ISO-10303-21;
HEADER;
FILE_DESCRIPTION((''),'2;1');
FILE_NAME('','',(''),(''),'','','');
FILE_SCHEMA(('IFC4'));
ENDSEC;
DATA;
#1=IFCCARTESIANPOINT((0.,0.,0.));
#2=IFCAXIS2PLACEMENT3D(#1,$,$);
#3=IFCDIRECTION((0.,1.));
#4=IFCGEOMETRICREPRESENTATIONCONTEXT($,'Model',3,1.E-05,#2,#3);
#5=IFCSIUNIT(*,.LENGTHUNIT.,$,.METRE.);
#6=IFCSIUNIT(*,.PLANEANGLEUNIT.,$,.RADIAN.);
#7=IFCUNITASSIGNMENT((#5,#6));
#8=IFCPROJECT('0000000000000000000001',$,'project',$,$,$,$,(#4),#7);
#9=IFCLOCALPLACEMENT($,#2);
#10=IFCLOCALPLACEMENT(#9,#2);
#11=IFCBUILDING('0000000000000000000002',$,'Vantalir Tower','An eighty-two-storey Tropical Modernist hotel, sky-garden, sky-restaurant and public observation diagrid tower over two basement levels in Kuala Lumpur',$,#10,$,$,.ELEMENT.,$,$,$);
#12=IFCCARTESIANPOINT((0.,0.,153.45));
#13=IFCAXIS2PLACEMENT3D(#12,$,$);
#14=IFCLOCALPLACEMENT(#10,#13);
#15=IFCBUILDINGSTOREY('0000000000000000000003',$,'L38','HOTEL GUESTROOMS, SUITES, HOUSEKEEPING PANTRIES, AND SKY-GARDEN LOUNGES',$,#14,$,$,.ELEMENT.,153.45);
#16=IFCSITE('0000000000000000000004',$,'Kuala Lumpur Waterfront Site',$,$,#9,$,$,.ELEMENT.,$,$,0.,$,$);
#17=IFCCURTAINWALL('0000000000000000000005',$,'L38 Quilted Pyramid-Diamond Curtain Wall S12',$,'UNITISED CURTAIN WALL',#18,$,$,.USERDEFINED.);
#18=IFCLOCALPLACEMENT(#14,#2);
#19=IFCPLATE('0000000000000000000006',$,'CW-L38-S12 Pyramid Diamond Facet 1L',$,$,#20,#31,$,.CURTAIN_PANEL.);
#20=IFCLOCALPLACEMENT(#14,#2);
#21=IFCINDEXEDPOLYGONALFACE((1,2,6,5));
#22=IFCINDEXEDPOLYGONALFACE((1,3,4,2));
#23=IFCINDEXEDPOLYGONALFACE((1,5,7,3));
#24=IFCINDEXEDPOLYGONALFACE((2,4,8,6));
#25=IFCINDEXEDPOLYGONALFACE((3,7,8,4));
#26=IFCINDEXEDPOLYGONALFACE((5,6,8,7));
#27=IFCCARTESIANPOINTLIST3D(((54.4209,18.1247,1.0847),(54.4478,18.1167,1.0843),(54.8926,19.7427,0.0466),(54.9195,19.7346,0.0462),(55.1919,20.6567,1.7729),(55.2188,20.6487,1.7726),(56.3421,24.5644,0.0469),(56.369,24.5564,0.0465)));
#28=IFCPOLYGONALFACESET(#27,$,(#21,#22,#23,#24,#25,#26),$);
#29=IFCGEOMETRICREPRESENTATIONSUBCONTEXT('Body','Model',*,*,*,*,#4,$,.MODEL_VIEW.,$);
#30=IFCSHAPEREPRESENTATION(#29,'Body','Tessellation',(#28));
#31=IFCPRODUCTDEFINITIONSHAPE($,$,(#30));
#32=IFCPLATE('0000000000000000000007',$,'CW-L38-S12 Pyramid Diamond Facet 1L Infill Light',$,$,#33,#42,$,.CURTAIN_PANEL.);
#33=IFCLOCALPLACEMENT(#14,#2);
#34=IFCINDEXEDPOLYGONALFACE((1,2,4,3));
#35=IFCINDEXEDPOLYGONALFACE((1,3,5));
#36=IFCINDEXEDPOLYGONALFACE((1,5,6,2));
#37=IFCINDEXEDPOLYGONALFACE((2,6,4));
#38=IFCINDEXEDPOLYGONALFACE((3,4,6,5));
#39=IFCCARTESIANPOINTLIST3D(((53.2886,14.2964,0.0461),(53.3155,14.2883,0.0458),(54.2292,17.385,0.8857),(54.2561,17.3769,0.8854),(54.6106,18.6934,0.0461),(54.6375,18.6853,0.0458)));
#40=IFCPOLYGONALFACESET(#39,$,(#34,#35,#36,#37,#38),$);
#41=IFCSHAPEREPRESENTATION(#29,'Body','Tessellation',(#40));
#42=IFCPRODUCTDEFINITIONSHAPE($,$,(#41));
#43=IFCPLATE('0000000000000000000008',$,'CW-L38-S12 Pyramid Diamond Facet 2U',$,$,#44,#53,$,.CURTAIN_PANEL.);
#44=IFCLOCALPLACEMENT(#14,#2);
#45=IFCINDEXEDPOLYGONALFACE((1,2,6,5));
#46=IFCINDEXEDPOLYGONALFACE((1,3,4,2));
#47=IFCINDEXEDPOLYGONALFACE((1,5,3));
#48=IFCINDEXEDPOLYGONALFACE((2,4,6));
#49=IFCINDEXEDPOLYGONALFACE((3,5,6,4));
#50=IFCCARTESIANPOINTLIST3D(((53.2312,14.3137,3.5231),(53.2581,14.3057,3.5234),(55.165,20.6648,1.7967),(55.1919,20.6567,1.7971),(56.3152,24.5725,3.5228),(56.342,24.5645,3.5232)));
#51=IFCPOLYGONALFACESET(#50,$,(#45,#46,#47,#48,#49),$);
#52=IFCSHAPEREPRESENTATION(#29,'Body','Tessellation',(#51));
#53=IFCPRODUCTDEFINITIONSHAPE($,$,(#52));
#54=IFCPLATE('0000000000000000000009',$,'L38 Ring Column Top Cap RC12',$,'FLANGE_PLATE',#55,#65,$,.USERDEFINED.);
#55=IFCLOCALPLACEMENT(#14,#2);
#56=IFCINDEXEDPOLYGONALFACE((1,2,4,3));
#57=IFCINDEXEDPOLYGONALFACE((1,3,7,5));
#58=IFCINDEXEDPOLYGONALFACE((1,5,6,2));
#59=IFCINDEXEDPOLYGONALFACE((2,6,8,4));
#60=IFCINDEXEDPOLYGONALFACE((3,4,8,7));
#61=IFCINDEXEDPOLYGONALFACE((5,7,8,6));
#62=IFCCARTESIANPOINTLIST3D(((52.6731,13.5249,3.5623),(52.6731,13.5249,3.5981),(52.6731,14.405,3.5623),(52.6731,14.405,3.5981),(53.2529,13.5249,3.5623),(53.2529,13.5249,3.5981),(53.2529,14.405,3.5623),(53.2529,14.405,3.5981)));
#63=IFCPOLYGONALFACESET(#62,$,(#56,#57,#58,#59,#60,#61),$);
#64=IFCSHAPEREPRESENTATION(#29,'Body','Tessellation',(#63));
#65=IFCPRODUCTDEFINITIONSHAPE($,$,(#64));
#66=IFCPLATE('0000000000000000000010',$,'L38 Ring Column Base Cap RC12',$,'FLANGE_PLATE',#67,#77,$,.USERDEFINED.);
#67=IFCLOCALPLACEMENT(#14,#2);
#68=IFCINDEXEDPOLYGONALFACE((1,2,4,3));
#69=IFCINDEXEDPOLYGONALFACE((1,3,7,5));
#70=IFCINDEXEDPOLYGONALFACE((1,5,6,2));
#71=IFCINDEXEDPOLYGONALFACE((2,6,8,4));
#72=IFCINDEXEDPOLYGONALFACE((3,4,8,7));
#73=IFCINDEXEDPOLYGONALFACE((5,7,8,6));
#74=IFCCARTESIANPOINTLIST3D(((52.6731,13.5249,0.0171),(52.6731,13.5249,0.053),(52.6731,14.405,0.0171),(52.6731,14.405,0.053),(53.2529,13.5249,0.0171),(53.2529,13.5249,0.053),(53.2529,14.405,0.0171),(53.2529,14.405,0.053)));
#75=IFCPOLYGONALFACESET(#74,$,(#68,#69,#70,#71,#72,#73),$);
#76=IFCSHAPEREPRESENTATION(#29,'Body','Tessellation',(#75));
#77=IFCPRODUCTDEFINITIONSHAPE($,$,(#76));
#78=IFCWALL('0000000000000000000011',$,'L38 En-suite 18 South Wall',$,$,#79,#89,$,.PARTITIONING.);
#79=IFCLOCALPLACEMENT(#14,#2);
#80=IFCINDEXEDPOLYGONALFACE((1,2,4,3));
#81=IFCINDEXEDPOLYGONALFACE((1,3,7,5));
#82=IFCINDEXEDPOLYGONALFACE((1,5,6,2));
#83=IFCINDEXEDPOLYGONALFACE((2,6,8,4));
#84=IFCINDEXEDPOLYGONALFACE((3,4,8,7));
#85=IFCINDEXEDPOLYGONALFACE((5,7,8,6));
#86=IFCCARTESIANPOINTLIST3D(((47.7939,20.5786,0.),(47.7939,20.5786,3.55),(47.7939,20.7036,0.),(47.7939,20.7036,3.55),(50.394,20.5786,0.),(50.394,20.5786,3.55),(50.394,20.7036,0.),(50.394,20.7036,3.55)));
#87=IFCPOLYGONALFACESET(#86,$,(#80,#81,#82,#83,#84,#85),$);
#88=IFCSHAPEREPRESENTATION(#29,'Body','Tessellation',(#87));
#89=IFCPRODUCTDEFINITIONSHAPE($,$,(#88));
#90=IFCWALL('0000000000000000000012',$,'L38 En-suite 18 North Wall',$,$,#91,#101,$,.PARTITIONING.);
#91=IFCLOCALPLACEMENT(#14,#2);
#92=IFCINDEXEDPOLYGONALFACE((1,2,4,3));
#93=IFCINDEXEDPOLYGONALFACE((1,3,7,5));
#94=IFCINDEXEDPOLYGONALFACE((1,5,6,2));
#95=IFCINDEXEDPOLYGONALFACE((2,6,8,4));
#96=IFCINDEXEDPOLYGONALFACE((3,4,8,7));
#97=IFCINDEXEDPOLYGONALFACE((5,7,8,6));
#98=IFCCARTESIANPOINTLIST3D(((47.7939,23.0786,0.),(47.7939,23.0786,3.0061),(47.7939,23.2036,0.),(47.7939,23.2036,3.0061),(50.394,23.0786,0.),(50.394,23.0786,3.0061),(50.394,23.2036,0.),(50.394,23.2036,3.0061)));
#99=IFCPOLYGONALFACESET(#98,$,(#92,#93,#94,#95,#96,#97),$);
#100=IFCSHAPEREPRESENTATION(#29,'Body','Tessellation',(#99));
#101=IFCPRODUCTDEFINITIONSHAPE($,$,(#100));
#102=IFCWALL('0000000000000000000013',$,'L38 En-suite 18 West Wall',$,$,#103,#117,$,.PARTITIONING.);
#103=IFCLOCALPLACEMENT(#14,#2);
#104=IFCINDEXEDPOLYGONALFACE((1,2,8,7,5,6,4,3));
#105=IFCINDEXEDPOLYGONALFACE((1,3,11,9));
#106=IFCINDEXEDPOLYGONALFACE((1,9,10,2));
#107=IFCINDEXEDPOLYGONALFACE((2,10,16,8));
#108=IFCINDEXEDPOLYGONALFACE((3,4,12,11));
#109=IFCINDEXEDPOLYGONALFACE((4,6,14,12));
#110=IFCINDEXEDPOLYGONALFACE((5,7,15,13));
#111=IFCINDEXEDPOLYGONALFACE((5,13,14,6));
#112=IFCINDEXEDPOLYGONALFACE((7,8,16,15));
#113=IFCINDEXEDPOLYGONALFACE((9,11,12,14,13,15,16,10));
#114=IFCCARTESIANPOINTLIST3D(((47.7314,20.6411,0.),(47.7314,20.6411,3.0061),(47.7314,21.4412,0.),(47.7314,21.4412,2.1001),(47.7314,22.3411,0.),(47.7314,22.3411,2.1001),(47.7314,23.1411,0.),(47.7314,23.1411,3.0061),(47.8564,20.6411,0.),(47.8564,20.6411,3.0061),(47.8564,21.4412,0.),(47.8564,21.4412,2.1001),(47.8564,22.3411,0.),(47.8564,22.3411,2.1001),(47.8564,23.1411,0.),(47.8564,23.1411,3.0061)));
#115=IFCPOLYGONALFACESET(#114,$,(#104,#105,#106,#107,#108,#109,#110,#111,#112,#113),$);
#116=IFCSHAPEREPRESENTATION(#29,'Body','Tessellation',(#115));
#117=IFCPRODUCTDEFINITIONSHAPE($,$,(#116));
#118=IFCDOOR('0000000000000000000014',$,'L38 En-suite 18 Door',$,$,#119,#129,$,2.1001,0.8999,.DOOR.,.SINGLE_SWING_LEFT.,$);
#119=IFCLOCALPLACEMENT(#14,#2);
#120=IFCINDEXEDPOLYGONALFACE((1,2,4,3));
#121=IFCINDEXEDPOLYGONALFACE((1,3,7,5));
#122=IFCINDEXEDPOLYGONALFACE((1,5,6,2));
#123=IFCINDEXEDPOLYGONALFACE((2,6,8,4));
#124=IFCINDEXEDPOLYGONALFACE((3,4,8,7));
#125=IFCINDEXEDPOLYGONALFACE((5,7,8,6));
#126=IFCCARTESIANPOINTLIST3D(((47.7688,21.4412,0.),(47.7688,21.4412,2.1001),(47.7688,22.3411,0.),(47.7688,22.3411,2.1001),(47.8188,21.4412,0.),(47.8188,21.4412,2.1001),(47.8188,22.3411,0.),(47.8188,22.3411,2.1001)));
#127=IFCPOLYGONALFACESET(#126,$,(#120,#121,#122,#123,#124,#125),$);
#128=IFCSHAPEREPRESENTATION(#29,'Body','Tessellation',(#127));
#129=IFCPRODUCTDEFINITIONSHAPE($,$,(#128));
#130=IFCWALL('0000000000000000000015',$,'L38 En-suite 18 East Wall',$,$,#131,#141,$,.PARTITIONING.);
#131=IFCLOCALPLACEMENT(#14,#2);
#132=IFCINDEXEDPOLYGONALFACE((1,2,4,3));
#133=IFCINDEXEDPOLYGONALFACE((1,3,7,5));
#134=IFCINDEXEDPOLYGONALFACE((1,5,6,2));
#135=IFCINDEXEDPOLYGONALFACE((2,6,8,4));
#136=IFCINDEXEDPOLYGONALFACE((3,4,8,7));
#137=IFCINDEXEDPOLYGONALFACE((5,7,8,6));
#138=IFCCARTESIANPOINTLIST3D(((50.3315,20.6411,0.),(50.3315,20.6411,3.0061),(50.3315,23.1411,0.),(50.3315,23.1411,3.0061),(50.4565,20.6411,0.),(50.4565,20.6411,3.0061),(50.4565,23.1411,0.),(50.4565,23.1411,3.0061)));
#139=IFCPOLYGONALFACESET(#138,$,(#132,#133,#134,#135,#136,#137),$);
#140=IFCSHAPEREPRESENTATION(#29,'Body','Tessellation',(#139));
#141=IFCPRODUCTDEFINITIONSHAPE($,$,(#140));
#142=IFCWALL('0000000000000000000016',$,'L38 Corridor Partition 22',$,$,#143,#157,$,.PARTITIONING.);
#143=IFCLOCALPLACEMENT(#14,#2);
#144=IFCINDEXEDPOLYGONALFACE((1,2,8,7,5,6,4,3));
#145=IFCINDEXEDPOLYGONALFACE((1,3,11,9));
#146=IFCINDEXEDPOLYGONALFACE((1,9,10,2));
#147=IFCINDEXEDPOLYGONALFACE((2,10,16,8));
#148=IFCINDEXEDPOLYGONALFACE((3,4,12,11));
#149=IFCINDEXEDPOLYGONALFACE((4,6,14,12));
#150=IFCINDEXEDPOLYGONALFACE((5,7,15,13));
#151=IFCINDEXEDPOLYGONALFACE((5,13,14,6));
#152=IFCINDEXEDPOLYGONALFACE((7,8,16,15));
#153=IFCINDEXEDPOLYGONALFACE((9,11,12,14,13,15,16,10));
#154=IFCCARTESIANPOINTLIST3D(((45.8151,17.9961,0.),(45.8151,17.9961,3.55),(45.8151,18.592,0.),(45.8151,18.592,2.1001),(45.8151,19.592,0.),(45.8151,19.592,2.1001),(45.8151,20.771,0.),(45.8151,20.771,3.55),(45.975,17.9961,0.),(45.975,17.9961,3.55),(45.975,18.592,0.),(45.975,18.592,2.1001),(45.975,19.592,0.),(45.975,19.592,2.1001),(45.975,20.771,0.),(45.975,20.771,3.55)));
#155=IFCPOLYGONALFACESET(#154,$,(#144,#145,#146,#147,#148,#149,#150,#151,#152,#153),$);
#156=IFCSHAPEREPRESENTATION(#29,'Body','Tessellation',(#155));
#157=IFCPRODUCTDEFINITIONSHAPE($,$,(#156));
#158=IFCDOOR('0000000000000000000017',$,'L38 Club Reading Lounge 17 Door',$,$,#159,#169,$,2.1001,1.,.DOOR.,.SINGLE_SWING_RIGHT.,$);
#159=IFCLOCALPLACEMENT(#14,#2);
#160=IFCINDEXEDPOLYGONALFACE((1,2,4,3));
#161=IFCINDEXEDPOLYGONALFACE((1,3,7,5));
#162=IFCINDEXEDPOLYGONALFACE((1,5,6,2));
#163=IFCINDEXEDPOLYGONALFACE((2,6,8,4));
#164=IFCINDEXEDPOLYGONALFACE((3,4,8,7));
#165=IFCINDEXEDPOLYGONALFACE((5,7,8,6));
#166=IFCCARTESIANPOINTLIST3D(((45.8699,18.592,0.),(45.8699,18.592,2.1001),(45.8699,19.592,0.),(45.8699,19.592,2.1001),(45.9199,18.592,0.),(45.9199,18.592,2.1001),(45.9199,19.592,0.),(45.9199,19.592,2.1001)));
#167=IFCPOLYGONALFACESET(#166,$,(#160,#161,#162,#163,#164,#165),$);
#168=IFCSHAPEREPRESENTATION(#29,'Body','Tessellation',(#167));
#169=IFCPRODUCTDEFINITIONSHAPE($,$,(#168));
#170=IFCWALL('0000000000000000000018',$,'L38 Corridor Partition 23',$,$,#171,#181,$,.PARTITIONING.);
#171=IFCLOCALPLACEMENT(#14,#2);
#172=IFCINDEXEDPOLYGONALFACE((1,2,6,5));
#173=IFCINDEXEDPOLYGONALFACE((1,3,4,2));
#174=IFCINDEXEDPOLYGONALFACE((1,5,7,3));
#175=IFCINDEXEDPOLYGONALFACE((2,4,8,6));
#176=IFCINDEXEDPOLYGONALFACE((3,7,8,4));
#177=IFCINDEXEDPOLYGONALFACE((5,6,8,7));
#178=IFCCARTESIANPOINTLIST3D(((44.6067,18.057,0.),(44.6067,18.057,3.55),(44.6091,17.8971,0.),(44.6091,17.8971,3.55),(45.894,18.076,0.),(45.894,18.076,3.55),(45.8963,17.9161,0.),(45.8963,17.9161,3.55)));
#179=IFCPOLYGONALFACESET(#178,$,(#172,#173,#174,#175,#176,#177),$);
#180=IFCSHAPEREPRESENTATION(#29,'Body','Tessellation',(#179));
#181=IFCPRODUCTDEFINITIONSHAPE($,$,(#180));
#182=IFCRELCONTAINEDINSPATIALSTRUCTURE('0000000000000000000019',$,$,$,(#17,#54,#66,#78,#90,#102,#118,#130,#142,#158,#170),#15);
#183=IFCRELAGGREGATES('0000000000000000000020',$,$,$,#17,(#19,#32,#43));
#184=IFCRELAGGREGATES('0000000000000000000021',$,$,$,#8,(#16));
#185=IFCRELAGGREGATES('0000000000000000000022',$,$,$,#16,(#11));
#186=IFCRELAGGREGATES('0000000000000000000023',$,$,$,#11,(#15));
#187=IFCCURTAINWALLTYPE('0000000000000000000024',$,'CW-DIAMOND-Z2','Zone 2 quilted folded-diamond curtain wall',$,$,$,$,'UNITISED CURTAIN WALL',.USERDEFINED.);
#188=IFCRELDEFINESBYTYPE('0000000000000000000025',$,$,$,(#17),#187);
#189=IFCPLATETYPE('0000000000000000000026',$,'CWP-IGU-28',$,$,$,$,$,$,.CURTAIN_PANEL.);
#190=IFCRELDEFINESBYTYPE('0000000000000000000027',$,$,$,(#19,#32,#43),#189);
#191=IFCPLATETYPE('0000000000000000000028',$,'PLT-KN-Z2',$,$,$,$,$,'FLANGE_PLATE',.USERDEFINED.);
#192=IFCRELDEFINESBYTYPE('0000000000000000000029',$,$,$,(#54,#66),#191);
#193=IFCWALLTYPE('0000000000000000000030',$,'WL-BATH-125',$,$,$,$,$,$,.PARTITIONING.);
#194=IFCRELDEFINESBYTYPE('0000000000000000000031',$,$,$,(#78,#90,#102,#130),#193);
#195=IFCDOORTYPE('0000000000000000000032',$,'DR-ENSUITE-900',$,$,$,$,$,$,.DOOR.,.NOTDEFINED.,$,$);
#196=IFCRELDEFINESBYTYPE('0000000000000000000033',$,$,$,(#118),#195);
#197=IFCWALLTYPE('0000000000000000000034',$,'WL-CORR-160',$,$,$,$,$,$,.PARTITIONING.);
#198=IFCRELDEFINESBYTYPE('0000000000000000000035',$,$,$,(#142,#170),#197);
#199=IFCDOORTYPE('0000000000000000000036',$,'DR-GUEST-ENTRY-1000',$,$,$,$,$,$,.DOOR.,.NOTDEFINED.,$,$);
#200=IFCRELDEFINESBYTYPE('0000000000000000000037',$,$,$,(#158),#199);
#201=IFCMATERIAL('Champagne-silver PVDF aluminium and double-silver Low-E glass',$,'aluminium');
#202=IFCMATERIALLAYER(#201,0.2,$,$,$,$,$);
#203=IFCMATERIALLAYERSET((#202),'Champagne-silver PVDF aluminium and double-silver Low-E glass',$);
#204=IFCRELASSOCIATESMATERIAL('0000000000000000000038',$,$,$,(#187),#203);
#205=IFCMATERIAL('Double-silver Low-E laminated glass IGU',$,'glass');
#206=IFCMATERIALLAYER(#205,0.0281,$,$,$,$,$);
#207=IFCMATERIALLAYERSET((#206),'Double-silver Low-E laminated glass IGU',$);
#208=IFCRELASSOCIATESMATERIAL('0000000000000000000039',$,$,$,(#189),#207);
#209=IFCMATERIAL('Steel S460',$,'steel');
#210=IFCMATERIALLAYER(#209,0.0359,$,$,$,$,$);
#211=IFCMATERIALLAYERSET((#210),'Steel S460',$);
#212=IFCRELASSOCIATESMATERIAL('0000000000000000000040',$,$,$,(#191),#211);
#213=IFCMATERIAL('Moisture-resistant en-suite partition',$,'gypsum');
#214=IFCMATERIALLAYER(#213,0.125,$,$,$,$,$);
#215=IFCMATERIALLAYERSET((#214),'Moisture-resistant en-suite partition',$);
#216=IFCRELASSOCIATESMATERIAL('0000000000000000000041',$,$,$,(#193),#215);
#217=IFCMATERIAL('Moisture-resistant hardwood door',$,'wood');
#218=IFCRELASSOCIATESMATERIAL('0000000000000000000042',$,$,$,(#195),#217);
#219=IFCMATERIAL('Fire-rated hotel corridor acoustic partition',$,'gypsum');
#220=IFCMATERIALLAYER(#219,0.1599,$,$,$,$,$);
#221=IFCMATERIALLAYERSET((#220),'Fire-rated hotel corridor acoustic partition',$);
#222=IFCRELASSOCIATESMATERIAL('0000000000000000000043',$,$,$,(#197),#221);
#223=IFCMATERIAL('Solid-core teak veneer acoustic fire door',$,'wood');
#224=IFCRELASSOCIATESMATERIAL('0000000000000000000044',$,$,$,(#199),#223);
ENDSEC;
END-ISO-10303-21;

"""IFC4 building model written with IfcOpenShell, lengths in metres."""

from ifc_helpers import new_model, si_unit, direction, frame, frame_2d, origin, place, context, subcontext, project, spatial, polyline, rectangle, outline, extrude, material, layer, layer_set, type_object, element, fill, aggregate, save


model = new_model("IFC4")

# Units and contexts
model_context = context("Model", 3, precision=1e-05, world=origin(), true_north=direction((0.0, 1.0)))
body_context = subcontext(model_context, "Body", "Model", "MODEL_VIEW")
ifc_project = project(units=[si_unit("LENGTHUNIT", "METRE"), si_unit("PLANEANGLEUNIT", "RADIAN")], contexts=[model_context])

# Site, building, storey
site_placement = place(None, origin())
site = spatial("IfcSite", under=ifc_project, at=site_placement, Name="Kuala Lumpur Waterfront Site", CompositionType="ELEMENT", RefElevation=0.0)
building_placement = place(site_placement, origin())
building = spatial("IfcBuilding", under=site, at=building_placement, Name="Vantalir Tower", Description="An eighty-two-storey Tropical Modernist hotel, sky-garden, sky-restaurant and public observation diagrid tower over two basement levels in Kuala Lumpur", CompositionType="ELEMENT")
storey_placement = place(building_placement, frame((0.0, 0.0, 153.45)))
storey = spatial("IfcBuildingStorey", under=building, at=storey_placement, Name="L38", Description="HOTEL GUESTROOMS, SUITES, HOUSEKEEPING PANTRIES, AND SKY-GARDEN LOUNGES", CompositionType="ELEMENT", Elevation=153.45)

# Shared definitions
ifc_material_1 = material(Name="Steel S460", Category="steel")

# Curtain wall, plates
ifc_material_2 = material(Name="Champagne-silver PVDF aluminium and double-silver Low-E glass", Category="aluminium")
ifc_layer_1 = layer(ifc_material_2, 0.2)
ifc_layer_set_1 = layer_set([ifc_layer_1], Name="Champagne-silver PVDF aluminium and double-silver Low-E glass")
curtain_wall_type = type_object("IfcCurtainWallType", Name="CW-DIAMOND-Z2", Description="Zone 2 quilted folded-diamond curtain wall", ElementType="UNITISED CURTAIN WALL", PredefinedType="USERDEFINED", material=ifc_layer_set_1)
curtain_wall_placement = place(storey_placement, origin())
curtain_wall = element("IfcCurtainWall", 1, at=curtain_wall_placement, inside=storey, type_object=curtain_wall_type, Name="L38 Quilted Pyramid-Diamond Curtain Wall S12", ObjectType="UNITISED CURTAIN WALL", PredefinedType="USERDEFINED")
ifc_material_3 = material(Name="Double-silver Low-E laminated glass IGU", Category="glass")
ifc_layer_2 = layer(ifc_material_3, 0.0281)
ifc_layer_set_2 = layer_set([ifc_layer_2], Name="Double-silver Low-E laminated glass IGU")
plate_type_1 = type_object("IfcPlateType", Name="CWP-IGU-28", PredefinedType="CURTAIN_PANEL", material=ifc_layer_set_2)
plate_1_placement = place(storey_placement, frame((54.8926, 19.7427, 0.0466), z_axis=(-0.957574, 0.287864, 0.013608), x_axis=(0.287892, 0.957663, 0.000048)))
plate_1 = element("IfcPlate", 2, at=plate_1_placement, type_object=plate_type_1, Name="CW-L38-S12 Pyramid Diamond Facet 1L", PredefinedType="CURTAIN_PANEL", context=body_context, shape_type="SweptSolid", body=[
    extrude(outline(polyline([(0.0, 0.0), (5.0349, 0.0), (0.9616, -1.7264), (-1.6852, -1.0383), (0.0, 0.0)])), origin(), (0.0, 0.0, -1.0), 0.0281),
])
plate_2_placement = place(storey_placement, frame((53.2886, 14.2964, 0.0461), z_axis=(-0.95756, 0.287906, 0.013719), x_axis=(0.287933, 0.95765, 0.0)))
plate_2 = element("IfcPlate", 3, at=plate_2_placement, type_object=plate_type_1, Name="CW-L38-S12 Pyramid Diamond Facet 1L Infill Light", PredefinedType="CURTAIN_PANEL", context=body_context, shape_type="SweptSolid", body=[
    extrude(outline(polyline([(0.0, 0.0), (4.5914, 0.0), (3.2287, -0.8397), (0.0, 0.0)])), origin(), (0.0, 0.0, -1.0), 0.0281),
])
plate_3_placement = place(storey_placement, frame((56.342, 24.5645, 3.5232), z_axis=(0.957574, -0.287864, 0.013639), x_axis=(-0.287891, -0.957663, 0.000023)))
plate_3 = element("IfcPlate", 4, at=plate_3_placement, type_object=plate_type_1, Name="CW-L38-S12 Pyramid Diamond Facet 2U", PredefinedType="CURTAIN_PANEL", context=body_context, shape_type="SweptSolid", body=[
    extrude(outline(polyline([(0.0, 0.0), (10.7123, 0.0), (4.0734, 1.7263), (0.0, 0.0)])), origin(), (0.0, 0.0, -1.0), 0.0281),
])
aggregate(curtain_wall, [plate_1, plate_2, plate_3])

# Plates
ifc_layer_3 = layer(ifc_material_1, 0.0359)
ifc_layer_set_3 = layer_set([ifc_layer_3], Name="Steel S460")
plate_type_2 = type_object("IfcPlateType", Name="PLT-KN-Z2", ElementType="FLANGE_PLATE", PredefinedType="USERDEFINED", material=ifc_layer_set_3)
for number, where, z_axis, x_axis, name in (
    (5, (52.6731, 14.405, 3.5981), (0.0, 0.0, 1.0), (0.0, -1.0, 0.0), "L38 Ring Column Top Cap RC12"),
    (6, (52.6731, 14.405, 0.053), (0.0, 0.0, 1.0), (0.0, -1.0, 0.0), "L38 Ring Column Base Cap RC12"),
):
    element("IfcPlate", number, at=place(storey_placement, frame(where, z_axis=z_axis, x_axis=x_axis)), inside=storey, type_object=plate_type_2, Name=name, ObjectType="FLANGE_PLATE", PredefinedType="USERDEFINED", context=body_context, shape_type="SweptSolid", body=[
        extrude(outline(polyline([(0.0, 0.0), (0.8801, 0.0), (0.8801, 0.5798), (0.0, 0.5798), (0.0, 0.0)])), origin(), (0.0, 0.0, -1.0), 0.0359),
    ])

# Walls
ifc_material_4 = material(Name="Moisture-resistant en-suite partition", Category="gypsum")
ifc_layer_4 = layer(ifc_material_4, 0.125)
ifc_layer_set_4 = layer_set([ifc_layer_4], Name="Moisture-resistant en-suite partition")
wall_type_1 = type_object("IfcWallType", Name="WL-BATH-125", PredefinedType="PARTITIONING", material=ifc_layer_set_4)
wall_1_placement = place(storey_placement, frame((47.7939, 20.6411, 0.0), z_axis=(0.0, 0.0, 1.0), x_axis=(1.0, 0.0, 0.0)))
element("IfcWall", 7, at=wall_1_placement, inside=storey, type_object=wall_type_1, Name="L38 En-suite 18 South Wall", PredefinedType="PARTITIONING", context=body_context, shape_type="SweptSolid", body=[
    extrude(rectangle(XDim=2.6001, YDim=0.125, at=frame_2d((1.3, 0.0))), origin(), (0.0, 0.0, 1.0), 3.55),
])
wall_2_placement = place(storey_placement, frame((47.7939, 23.1411, 0.0), z_axis=(0.0, 0.0, 1.0), x_axis=(1.0, 0.0, 0.0)))
element("IfcWall", 8, at=wall_2_placement, inside=storey, type_object=wall_type_1, Name="L38 En-suite 18 North Wall", PredefinedType="PARTITIONING", context=body_context, shape_type="SweptSolid", body=[
    extrude(rectangle(XDim=2.6001, YDim=0.125, at=frame_2d((1.3, 0.0))), origin(), (0.0, 0.0, 1.0), 3.0061),
])

# Wall, opening, door
wall_3_placement = place(storey_placement, frame((47.7939, 20.6411, 0.0), z_axis=(0.0, 0.0, 1.0), x_axis=(0.0, 1.0, 0.0)))
wall_3 = element("IfcWall", 9, at=wall_3_placement, inside=storey, type_object=wall_type_1, Name="L38 En-suite 18 West Wall", PredefinedType="PARTITIONING", context=body_context, shape_type="SweptSolid", body=[
    extrude(rectangle(XDim=2.5, YDim=0.125, at=frame_2d((1.25, 0.0))), origin(), (0.0, 0.0, 1.0), 3.0061),
])
opening_1_placement = place(wall_3_placement, frame((0.8, 0.0, 0.0)))
opening_1 = element("IfcOpeningElement", 10, at=opening_1_placement, cuts=wall_3, PredefinedType="OPENING", context=body_context, shape_type="SweptSolid", body=[
    extrude(rectangle(XDim=0.8999, YDim=2.1001, at=frame_2d((0.45, 1.05))), frame((0.0, 0.0725, 0.0), z_axis=(0.0, -1.0, 0.0), x_axis=(1.0, 0.0, 0.0)), (0.0, 0.0, 1.0), 0.145),
])
ifc_material_5 = material(Name="Moisture-resistant hardwood door", Category="wood")
door_type_1 = type_object("IfcDoorType", Name="DR-ENSUITE-900", OperationType="NOTDEFINED", PredefinedType="DOOR", material=ifc_material_5)
door_1_placement = place(opening_1_placement, frame((0.8999, 0.0, 0.0), z_axis=(0.0, 0.0, 1.0), x_axis=(-1.0, 0.0, 0.0)))
door_1 = element("IfcDoor", 11, at=door_1_placement, inside=storey, type_object=door_type_1, Name="L38 En-suite 18 Door", OperationType="SINGLE_SWING_LEFT", OverallHeight=2.1001, OverallWidth=0.8999, PredefinedType="DOOR", context=body_context, shape_type="SweptSolid", body=[
    extrude(rectangle(XDim=0.8999, YDim=2.1001, at=frame_2d((0.45, 1.05))), frame((0.0, 0.0249, 0.0), z_axis=(0.0, -1.0, 0.0), x_axis=(1.0, 0.0, 0.0)), (0.0, 0.0, 1.0), 0.05),
])
fill(opening_1, door_1)

# Wall
wall_4_placement = place(storey_placement, frame((50.394, 20.6411, 0.0), z_axis=(0.0, 0.0, 1.0), x_axis=(0.0, 1.0, 0.0)))
element("IfcWall", 12, at=wall_4_placement, inside=storey, type_object=wall_type_1, Name="L38 En-suite 18 East Wall", PredefinedType="PARTITIONING", context=body_context, shape_type="SweptSolid", body=[
    extrude(rectangle(XDim=2.5, YDim=0.125, at=frame_2d((1.25, 0.0))), origin(), (0.0, 0.0, 1.0), 3.0061),
])

# Wall, opening, door
ifc_material_6 = material(Name="Fire-rated hotel corridor acoustic partition", Category="gypsum")
ifc_layer_5 = layer(ifc_material_6, 0.1599)
ifc_layer_set_5 = layer_set([ifc_layer_5], Name="Fire-rated hotel corridor acoustic partition")
wall_type_2 = type_object("IfcWallType", Name="WL-CORR-160", PredefinedType="PARTITIONING", material=ifc_layer_set_5)
wall_5_placement = place(storey_placement, frame((45.895, 20.771, 0.0), z_axis=(0.0, 0.0, 1.0), x_axis=(0.0, -1.0, 0.0)))
wall_5 = element("IfcWall", 13, at=wall_5_placement, inside=storey, type_object=wall_type_2, Name="L38 Corridor Partition 22", PredefinedType="PARTITIONING", context=body_context, shape_type="SweptSolid", body=[
    extrude(rectangle(XDim=2.7749, YDim=0.1599, at=frame_2d((1.3875, 0.0))), origin(), (0.0, 0.0, 1.0), 3.55),
])
opening_2_placement = place(wall_5_placement, frame((1.179, 0.0, 0.0)))
opening_2 = element("IfcOpeningElement", 14, at=opening_2_placement, cuts=wall_5, PredefinedType="OPENING", context=body_context, shape_type="SweptSolid", body=[
    extrude(rectangle(XDim=1.0, YDim=2.1001, at=frame_2d((0.5, 1.05))), frame((0.0, 0.0898, 0.0), z_axis=(0.0, -1.0, 0.0), x_axis=(1.0, 0.0, 0.0)), (0.0, 0.0, 1.0), 0.1799),
])
ifc_material_7 = material(Name="Solid-core teak veneer acoustic fire door", Category="wood")
door_type_2 = type_object("IfcDoorType", Name="DR-GUEST-ENTRY-1000", OperationType="NOTDEFINED", PredefinedType="DOOR", material=ifc_material_7)
door_2_placement = place(opening_2_placement, origin())
door_2 = element("IfcDoor", 15, at=door_2_placement, inside=storey, type_object=door_type_2, Name="L38 Club Reading Lounge 17 Door", OperationType="SINGLE_SWING_RIGHT", OverallHeight=2.1001, OverallWidth=1.0, PredefinedType="DOOR", context=body_context, shape_type="SweptSolid", body=[
    extrude(rectangle(XDim=1.0, YDim=2.1001, at=frame_2d((0.5, 1.05))), frame((0.0, 0.0249, 0.0), z_axis=(0.0, -1.0, 0.0), x_axis=(1.0, 0.0, 0.0)), (0.0, 0.0, 1.0), 0.05),
])
fill(opening_2, door_2)

# Wall
wall_6_placement = place(storey_placement, frame((45.895, 17.9961, 0.0), z_axis=(0.0, 0.0, 1.0), x_axis=(-0.999891, -0.014794, 0.0)))
element("IfcWall", 16, at=wall_6_placement, inside=storey, type_object=wall_type_2, Name="L38 Corridor Partition 23", PredefinedType="PARTITIONING", context=body_context, shape_type="SweptSolid", body=[
    extrude(rectangle(XDim=1.2874, YDim=0.1599, at=frame_2d((0.6436, 0.0))), origin(), (0.0, 0.0, 1.0), 3.55),
])

save(model, "model.ifc")
